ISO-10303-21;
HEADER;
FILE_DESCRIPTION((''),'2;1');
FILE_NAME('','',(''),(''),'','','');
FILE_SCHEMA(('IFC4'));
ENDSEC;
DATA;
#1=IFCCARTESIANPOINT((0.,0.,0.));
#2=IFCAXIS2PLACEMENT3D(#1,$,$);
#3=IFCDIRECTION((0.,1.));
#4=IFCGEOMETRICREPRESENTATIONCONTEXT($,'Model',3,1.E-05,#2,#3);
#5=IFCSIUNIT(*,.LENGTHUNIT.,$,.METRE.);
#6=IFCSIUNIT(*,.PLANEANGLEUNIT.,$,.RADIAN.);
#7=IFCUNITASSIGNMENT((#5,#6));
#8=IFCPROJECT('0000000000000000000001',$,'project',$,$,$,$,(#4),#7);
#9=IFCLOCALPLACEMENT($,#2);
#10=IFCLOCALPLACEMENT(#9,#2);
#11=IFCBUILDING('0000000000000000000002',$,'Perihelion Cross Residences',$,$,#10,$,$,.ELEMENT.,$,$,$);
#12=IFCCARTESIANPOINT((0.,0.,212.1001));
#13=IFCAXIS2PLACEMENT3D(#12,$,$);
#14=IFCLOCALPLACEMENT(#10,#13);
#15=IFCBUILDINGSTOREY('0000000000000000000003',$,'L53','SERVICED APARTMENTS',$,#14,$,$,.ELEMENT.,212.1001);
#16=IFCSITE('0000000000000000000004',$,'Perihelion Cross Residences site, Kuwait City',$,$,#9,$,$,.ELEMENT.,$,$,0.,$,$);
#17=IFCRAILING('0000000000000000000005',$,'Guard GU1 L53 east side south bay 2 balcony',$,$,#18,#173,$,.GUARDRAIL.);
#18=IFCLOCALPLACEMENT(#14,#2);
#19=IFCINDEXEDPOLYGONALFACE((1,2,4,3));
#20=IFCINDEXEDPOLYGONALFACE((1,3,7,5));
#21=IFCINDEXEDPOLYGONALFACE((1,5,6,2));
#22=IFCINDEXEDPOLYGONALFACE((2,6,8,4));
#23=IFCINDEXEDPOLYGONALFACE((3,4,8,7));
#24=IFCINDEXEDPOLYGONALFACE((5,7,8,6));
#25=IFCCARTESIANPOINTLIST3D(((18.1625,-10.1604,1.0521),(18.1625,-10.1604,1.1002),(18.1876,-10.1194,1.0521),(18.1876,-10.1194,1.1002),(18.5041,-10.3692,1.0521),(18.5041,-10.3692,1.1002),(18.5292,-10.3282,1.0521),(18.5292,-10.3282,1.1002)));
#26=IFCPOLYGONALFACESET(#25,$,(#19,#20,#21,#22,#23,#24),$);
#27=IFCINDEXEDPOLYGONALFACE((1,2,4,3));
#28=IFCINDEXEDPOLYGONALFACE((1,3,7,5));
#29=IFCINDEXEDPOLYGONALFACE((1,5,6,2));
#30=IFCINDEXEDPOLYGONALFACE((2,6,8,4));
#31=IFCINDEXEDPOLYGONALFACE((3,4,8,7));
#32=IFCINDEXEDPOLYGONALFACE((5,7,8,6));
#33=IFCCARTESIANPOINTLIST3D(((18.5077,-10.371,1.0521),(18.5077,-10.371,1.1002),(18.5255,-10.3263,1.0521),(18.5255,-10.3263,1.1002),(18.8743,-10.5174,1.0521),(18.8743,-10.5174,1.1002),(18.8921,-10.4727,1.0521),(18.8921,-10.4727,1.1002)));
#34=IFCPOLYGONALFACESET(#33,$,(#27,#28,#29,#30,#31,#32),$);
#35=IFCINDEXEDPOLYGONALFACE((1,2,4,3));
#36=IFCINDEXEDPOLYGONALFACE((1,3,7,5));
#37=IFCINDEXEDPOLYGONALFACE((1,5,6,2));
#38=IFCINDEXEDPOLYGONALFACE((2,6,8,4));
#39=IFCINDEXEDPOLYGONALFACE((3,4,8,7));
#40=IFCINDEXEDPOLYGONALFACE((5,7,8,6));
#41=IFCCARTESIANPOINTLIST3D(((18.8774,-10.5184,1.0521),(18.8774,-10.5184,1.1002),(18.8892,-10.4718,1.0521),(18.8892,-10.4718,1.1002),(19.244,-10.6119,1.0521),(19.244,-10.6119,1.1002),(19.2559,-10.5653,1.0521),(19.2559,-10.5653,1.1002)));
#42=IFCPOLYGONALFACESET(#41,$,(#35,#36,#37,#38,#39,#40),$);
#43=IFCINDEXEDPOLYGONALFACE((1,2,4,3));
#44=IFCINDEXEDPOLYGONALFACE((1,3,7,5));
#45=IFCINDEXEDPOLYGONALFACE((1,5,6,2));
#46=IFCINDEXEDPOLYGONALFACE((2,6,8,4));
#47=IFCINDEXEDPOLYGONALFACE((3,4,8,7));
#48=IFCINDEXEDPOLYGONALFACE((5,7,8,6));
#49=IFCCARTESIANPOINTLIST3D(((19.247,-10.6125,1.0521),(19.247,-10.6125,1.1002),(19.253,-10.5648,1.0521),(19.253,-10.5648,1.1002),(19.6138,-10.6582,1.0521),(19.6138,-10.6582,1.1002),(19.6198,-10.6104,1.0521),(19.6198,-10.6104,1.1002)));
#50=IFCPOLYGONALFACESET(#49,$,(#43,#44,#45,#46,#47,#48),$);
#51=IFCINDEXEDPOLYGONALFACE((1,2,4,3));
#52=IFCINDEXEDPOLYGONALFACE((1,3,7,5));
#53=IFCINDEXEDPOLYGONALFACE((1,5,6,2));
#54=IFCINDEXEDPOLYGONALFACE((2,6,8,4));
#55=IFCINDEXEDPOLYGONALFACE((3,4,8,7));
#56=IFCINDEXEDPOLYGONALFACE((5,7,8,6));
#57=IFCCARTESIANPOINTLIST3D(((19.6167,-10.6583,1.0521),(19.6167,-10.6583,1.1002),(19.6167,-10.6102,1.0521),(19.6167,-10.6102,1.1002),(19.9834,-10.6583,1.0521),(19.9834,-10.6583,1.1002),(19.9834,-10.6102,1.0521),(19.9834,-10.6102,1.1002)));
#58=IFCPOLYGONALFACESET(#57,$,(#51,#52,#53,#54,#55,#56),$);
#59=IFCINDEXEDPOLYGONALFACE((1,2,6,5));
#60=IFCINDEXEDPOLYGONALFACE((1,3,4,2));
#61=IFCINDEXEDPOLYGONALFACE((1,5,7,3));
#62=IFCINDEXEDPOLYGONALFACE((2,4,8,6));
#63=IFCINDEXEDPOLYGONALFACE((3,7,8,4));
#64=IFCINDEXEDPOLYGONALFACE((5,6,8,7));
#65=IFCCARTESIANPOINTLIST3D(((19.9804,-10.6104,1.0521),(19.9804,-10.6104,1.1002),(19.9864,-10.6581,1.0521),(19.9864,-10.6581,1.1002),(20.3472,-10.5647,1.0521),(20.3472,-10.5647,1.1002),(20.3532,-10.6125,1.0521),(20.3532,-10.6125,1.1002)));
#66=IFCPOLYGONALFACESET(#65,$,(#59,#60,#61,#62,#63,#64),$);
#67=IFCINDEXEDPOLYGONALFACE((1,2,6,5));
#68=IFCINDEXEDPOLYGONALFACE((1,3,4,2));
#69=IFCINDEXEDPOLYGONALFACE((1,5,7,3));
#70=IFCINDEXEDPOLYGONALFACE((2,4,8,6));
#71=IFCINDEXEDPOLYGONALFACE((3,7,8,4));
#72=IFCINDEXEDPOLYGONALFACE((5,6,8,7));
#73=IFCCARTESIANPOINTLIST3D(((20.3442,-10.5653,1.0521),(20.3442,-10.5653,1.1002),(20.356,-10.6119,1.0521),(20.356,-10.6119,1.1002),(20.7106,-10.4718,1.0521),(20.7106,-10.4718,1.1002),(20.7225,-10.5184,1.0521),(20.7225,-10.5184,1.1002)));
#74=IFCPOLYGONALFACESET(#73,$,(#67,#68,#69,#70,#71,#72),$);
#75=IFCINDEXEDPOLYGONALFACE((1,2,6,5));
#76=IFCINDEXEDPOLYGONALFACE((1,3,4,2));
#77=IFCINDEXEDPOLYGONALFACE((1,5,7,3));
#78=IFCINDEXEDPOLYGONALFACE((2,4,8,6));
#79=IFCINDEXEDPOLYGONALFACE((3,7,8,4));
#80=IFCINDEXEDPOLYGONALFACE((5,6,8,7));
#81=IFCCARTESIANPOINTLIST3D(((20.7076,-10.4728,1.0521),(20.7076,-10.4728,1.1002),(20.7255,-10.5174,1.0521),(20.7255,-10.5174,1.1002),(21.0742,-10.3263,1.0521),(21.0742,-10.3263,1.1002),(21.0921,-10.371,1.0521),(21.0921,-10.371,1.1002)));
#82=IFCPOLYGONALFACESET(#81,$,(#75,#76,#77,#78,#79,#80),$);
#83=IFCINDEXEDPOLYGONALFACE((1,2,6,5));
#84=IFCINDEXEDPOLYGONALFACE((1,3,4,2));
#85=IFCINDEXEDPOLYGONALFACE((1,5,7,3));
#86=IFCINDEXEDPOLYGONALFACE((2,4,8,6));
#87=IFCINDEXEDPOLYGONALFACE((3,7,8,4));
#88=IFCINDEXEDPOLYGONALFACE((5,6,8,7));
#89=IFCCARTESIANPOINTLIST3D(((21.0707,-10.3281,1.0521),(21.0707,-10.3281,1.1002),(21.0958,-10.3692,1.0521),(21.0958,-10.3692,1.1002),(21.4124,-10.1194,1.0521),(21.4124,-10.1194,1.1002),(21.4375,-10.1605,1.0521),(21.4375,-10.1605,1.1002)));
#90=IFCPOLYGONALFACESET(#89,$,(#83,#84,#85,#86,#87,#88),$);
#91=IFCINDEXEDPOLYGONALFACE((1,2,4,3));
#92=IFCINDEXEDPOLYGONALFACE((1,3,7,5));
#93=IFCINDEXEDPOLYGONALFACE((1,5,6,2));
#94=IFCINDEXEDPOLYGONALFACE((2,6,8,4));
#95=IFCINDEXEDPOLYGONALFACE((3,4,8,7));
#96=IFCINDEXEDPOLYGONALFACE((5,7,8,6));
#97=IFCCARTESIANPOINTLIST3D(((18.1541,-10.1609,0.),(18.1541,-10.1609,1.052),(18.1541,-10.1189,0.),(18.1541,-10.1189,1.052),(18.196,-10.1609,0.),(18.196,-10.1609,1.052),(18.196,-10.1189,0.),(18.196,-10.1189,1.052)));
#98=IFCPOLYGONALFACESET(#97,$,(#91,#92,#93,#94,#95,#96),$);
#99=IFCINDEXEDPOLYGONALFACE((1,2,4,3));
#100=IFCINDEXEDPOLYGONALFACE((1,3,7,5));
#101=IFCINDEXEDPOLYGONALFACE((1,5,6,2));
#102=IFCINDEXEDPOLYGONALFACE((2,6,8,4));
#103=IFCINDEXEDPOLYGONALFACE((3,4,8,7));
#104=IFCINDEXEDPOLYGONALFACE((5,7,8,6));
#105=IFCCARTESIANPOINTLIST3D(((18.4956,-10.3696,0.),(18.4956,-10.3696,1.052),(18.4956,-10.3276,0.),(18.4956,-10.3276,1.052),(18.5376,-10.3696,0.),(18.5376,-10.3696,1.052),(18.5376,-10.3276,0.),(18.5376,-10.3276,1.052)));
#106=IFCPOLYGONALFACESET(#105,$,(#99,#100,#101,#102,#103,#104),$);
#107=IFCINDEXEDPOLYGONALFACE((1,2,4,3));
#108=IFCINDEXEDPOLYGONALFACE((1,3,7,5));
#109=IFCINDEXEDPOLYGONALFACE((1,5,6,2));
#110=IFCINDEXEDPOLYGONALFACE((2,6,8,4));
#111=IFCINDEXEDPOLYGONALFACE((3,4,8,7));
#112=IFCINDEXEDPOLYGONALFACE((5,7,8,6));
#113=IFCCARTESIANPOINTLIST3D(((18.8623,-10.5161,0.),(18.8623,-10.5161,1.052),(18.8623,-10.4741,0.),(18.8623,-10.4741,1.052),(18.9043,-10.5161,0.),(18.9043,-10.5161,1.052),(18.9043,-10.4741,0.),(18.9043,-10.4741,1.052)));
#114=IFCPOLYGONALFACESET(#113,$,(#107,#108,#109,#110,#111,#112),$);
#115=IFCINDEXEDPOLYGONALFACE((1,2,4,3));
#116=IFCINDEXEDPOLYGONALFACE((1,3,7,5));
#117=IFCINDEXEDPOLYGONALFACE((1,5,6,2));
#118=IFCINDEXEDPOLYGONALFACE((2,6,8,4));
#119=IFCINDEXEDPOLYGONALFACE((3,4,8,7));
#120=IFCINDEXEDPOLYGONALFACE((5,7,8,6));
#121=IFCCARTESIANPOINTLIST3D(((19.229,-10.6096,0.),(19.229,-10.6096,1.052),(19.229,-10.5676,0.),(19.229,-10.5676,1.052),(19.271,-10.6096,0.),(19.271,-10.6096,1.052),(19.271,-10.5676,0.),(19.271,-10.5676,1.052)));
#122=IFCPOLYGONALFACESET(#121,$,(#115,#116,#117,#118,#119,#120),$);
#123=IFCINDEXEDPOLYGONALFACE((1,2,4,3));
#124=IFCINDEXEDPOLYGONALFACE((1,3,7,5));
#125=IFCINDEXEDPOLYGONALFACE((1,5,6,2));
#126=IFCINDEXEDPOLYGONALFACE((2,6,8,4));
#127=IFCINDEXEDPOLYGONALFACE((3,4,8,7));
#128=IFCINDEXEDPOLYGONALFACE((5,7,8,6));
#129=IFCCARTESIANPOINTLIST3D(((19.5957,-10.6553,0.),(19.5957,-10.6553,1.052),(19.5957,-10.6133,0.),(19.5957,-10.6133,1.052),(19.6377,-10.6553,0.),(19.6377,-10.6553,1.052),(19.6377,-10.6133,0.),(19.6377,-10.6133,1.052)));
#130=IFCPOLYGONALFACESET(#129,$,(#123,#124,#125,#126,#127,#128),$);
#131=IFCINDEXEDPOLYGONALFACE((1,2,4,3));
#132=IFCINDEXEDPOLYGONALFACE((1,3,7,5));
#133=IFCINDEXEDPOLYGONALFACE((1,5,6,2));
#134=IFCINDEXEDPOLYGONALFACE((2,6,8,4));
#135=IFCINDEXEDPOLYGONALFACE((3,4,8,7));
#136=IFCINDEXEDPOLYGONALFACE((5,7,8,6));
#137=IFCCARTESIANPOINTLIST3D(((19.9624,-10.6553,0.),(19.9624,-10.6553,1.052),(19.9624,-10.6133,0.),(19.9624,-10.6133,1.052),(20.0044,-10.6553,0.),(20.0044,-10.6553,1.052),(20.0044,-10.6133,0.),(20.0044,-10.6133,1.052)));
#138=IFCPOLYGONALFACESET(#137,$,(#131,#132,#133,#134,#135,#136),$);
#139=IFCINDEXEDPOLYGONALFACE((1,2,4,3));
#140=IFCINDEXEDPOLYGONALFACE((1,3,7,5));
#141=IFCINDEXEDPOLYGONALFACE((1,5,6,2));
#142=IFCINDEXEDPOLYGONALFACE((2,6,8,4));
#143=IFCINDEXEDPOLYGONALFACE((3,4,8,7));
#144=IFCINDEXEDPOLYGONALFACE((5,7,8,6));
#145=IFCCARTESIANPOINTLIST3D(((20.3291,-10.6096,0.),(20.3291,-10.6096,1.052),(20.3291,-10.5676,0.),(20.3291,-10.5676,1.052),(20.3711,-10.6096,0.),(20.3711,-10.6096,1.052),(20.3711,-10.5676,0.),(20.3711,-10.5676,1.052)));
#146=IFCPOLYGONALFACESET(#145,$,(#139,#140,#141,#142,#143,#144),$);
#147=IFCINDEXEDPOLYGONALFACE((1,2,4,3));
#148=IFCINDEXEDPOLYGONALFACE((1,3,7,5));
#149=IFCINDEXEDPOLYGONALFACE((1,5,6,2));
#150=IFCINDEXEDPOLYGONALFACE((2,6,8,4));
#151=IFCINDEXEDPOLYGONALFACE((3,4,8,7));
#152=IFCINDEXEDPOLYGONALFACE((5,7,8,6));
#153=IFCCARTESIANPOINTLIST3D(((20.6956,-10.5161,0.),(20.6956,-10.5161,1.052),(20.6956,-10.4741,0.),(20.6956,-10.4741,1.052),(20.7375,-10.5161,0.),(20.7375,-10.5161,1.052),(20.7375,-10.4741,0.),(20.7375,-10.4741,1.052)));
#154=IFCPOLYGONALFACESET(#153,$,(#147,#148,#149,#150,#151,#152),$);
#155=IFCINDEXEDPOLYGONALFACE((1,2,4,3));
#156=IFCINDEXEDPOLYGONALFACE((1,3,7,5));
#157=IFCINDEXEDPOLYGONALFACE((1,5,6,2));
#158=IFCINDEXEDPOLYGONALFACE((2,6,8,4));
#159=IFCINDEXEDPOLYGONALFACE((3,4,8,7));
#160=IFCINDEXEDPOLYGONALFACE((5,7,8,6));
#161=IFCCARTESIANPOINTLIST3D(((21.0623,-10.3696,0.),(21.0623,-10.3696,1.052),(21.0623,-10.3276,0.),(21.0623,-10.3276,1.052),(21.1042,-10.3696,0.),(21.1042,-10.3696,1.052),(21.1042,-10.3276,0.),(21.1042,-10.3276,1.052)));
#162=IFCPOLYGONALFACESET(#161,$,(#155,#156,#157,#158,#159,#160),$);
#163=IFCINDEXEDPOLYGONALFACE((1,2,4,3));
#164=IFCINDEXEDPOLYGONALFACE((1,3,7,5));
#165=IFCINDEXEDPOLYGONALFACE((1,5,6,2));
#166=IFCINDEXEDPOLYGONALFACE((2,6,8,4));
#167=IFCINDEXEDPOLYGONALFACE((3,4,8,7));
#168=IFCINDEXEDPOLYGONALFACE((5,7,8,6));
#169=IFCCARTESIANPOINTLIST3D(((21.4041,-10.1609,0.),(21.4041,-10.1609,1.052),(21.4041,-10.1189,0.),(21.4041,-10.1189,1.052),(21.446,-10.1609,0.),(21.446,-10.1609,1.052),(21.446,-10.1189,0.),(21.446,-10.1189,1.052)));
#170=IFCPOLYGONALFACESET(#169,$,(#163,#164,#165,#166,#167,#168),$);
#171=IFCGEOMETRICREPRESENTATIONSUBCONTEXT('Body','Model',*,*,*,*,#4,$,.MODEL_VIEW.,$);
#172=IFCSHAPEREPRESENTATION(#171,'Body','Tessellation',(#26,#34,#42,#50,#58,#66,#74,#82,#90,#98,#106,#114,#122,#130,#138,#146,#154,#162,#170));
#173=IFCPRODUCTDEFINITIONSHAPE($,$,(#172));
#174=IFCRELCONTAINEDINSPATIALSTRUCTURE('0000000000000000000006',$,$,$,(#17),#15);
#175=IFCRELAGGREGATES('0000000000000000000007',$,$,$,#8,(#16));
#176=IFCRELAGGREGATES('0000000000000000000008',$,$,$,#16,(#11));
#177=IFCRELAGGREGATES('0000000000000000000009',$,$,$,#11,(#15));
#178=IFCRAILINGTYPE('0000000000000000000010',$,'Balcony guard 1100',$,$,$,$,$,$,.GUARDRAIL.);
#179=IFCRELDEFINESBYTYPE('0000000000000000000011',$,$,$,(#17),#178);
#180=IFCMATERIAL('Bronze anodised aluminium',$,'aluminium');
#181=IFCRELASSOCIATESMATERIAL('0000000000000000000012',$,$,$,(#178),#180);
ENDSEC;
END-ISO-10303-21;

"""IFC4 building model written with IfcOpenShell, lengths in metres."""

from ifc_helpers import new_model, si_unit, direction, frame, origin, origin_2d, place, context, subcontext, project, spatial, rectangle, extrude, material, type_object, element, save


model = new_model("IFC4")

# Units and contexts
model_context = context("Model", 3, precision=1e-05, world=origin(), true_north=direction((0.0, 1.0)))
body_context = subcontext(model_context, "Body", "Model", "MODEL_VIEW")
ifc_project = project(units=[si_unit("LENGTHUNIT", "METRE"), si_unit("PLANEANGLEUNIT", "RADIAN")], contexts=[model_context])

# Site, building, storey
site_placement = place(None, origin())
site = spatial("IfcSite", under=ifc_project, at=site_placement, Name="Perihelion Cross Residences site, Kuwait City", CompositionType="ELEMENT", RefElevation=0.0)
building_placement = place(site_placement, origin())
building = spatial("IfcBuilding", under=site, at=building_placement, Name="Perihelion Cross Residences", CompositionType="ELEMENT")
storey_placement = place(building_placement, frame((0.0, 0.0, 212.1001)))
storey = spatial("IfcBuildingStorey", under=building, at=storey_placement, Name="L53", Description="SERVICED APARTMENTS", CompositionType="ELEMENT", Elevation=212.1001)

# Railing
ifc_material_1 = material(Name="Bronze anodised aluminium", Category="aluminium")
railing_type = type_object("IfcRailingType", Name="Balcony guard 1100", PredefinedType="GUARDRAIL", material=ifc_material_1)
railing_1_placement = place(storey_placement, frame((18.175, -10.1399, 0.0)))
element("IfcRailing", 1, at=railing_1_placement, inside=storey, type_object=railing_type, Name="Guard GU1 L53 east side south bay 2 balcony", PredefinedType="GUARDRAIL", context=body_context, shape_type="SweptSolid", body=[
    extrude(rectangle(XDim=0.0481, YDim=0.0481, at=origin_2d()), frame((0.0, 0.0, 1.0762), z_axis=(0.853267, -0.521475, 0.0), x_axis=(0.521475, 0.853267, 0.0)), (0.0, 0.0, 1.0), 0.4004),
    extrude(rectangle(XDim=0.0481, YDim=0.0481, at=origin_2d()), frame((0.3416, -0.2087, 1.0762), z_axis=(0.928647, -0.370964, 0.0), x_axis=(0.370964, 0.928647, 0.0)), (0.0, 0.0, 1.0), 0.3948),
    extrude(rectangle(XDim=0.0481, YDim=0.0481, at=origin_2d()), frame((0.7083, -0.3552, 1.0762), z_axis=(0.968993, -0.247087, 0.0), x_axis=(0.247087, 0.968993, 0.0)), (0.0, 0.0, 1.0), 0.3784),
    extrude(rectangle(XDim=0.0481, YDim=0.0481, at=origin_2d()), frame((1.075, -0.4487, 1.0762), z_axis=(0.992339, -0.123547, 0.0), x_axis=(0.123547, 0.992339, 0.0)), (0.0, 0.0, 1.0), 0.3696),
    extrude(rectangle(XDim=0.0481, YDim=0.0481, at=origin_2d()), frame((1.4417, -0.4944, 1.0762), z_axis=(1.0, 0.0, 0.0), x_axis=(0.0, 1.0, 0.0)), (0.0, 0.0, 1.0), 0.3667),
    extrude(rectangle(XDim=0.0481, YDim=0.0481, at=origin_2d()), frame((1.8083, -0.4944, 1.0762), z_axis=(0.992339, 0.123547, 0.0), x_axis=(-0.123547, 0.992339, 0.0)), (0.0, 0.0, 1.0), 0.3696),
    extrude(rectangle(XDim=0.0481, YDim=0.0481, at=origin_2d()), frame((2.175, -0.4487, 1.0762), z_axis=(0.968954, 0.247241, 0.0), x_axis=(-0.247241, 0.968954, 0.0)), (0.0, 0.0, 1.0), 0.3782),
    extrude(rectangle(XDim=0.0481, YDim=0.0481, at=origin_2d()), frame((2.5415, -0.3552, 1.0762), z_axis=(0.928647, 0.370964, 0.0), x_axis=(-0.370964, 0.928647, 0.0)), (0.0, 0.0, 1.0), 0.3948),
    extrude(rectangle(XDim=0.0481, YDim=0.0481, at=origin_2d()), frame((2.9082, -0.2087, 1.0762), z_axis=(0.853432, 0.521203, 0.0), x_axis=(-0.521203, 0.853432, 0.0)), (0.0, 0.0, 1.0), 0.4004),
    extrude(rectangle(XDim=0.042, YDim=0.042, at=origin_2d()), origin(), (0.0, 0.0, 1.0), 1.052),
    extrude(rectangle(XDim=0.042, YDim=0.042, at=origin_2d()), frame((0.3416, -0.2087, 0.0)), (0.0, 0.0, 1.0), 1.052),
    extrude(rectangle(XDim=0.042, YDim=0.042, at=origin_2d()), frame((0.7083, -0.3552, 0.0)), (0.0, 0.0, 1.0), 1.052),
    extrude(rectangle(XDim=0.042, YDim=0.042, at=origin_2d()), frame((1.075, -0.4487, 0.0)), (0.0, 0.0, 1.0), 1.052),
    extrude(rectangle(XDim=0.042, YDim=0.042, at=origin_2d()), frame((1.4417, -0.4944, 0.0)), (0.0, 0.0, 1.0), 1.052),
    extrude(rectangle(XDim=0.042, YDim=0.042, at=origin_2d()), frame((1.8083, -0.4944, 0.0)), (0.0, 0.0, 1.0), 1.052),
    extrude(rectangle(XDim=0.042, YDim=0.042, at=origin_2d()), frame((2.175, -0.4487, 0.0)), (0.0, 0.0, 1.0), 1.052),
    extrude(rectangle(XDim=0.042, YDim=0.042, at=origin_2d()), frame((2.5415, -0.3552, 0.0)), (0.0, 0.0, 1.0), 1.052),
    extrude(rectangle(XDim=0.042, YDim=0.042, at=origin_2d()), frame((2.9082, -0.2087, 0.0)), (0.0, 0.0, 1.0), 1.052),
    extrude(rectangle(XDim=0.042, YDim=0.042, at=origin_2d()), frame((3.25, 0.0, 0.0)), (0.0, 0.0, 1.0), 1.052),
])

save(model, "model.ifc")
